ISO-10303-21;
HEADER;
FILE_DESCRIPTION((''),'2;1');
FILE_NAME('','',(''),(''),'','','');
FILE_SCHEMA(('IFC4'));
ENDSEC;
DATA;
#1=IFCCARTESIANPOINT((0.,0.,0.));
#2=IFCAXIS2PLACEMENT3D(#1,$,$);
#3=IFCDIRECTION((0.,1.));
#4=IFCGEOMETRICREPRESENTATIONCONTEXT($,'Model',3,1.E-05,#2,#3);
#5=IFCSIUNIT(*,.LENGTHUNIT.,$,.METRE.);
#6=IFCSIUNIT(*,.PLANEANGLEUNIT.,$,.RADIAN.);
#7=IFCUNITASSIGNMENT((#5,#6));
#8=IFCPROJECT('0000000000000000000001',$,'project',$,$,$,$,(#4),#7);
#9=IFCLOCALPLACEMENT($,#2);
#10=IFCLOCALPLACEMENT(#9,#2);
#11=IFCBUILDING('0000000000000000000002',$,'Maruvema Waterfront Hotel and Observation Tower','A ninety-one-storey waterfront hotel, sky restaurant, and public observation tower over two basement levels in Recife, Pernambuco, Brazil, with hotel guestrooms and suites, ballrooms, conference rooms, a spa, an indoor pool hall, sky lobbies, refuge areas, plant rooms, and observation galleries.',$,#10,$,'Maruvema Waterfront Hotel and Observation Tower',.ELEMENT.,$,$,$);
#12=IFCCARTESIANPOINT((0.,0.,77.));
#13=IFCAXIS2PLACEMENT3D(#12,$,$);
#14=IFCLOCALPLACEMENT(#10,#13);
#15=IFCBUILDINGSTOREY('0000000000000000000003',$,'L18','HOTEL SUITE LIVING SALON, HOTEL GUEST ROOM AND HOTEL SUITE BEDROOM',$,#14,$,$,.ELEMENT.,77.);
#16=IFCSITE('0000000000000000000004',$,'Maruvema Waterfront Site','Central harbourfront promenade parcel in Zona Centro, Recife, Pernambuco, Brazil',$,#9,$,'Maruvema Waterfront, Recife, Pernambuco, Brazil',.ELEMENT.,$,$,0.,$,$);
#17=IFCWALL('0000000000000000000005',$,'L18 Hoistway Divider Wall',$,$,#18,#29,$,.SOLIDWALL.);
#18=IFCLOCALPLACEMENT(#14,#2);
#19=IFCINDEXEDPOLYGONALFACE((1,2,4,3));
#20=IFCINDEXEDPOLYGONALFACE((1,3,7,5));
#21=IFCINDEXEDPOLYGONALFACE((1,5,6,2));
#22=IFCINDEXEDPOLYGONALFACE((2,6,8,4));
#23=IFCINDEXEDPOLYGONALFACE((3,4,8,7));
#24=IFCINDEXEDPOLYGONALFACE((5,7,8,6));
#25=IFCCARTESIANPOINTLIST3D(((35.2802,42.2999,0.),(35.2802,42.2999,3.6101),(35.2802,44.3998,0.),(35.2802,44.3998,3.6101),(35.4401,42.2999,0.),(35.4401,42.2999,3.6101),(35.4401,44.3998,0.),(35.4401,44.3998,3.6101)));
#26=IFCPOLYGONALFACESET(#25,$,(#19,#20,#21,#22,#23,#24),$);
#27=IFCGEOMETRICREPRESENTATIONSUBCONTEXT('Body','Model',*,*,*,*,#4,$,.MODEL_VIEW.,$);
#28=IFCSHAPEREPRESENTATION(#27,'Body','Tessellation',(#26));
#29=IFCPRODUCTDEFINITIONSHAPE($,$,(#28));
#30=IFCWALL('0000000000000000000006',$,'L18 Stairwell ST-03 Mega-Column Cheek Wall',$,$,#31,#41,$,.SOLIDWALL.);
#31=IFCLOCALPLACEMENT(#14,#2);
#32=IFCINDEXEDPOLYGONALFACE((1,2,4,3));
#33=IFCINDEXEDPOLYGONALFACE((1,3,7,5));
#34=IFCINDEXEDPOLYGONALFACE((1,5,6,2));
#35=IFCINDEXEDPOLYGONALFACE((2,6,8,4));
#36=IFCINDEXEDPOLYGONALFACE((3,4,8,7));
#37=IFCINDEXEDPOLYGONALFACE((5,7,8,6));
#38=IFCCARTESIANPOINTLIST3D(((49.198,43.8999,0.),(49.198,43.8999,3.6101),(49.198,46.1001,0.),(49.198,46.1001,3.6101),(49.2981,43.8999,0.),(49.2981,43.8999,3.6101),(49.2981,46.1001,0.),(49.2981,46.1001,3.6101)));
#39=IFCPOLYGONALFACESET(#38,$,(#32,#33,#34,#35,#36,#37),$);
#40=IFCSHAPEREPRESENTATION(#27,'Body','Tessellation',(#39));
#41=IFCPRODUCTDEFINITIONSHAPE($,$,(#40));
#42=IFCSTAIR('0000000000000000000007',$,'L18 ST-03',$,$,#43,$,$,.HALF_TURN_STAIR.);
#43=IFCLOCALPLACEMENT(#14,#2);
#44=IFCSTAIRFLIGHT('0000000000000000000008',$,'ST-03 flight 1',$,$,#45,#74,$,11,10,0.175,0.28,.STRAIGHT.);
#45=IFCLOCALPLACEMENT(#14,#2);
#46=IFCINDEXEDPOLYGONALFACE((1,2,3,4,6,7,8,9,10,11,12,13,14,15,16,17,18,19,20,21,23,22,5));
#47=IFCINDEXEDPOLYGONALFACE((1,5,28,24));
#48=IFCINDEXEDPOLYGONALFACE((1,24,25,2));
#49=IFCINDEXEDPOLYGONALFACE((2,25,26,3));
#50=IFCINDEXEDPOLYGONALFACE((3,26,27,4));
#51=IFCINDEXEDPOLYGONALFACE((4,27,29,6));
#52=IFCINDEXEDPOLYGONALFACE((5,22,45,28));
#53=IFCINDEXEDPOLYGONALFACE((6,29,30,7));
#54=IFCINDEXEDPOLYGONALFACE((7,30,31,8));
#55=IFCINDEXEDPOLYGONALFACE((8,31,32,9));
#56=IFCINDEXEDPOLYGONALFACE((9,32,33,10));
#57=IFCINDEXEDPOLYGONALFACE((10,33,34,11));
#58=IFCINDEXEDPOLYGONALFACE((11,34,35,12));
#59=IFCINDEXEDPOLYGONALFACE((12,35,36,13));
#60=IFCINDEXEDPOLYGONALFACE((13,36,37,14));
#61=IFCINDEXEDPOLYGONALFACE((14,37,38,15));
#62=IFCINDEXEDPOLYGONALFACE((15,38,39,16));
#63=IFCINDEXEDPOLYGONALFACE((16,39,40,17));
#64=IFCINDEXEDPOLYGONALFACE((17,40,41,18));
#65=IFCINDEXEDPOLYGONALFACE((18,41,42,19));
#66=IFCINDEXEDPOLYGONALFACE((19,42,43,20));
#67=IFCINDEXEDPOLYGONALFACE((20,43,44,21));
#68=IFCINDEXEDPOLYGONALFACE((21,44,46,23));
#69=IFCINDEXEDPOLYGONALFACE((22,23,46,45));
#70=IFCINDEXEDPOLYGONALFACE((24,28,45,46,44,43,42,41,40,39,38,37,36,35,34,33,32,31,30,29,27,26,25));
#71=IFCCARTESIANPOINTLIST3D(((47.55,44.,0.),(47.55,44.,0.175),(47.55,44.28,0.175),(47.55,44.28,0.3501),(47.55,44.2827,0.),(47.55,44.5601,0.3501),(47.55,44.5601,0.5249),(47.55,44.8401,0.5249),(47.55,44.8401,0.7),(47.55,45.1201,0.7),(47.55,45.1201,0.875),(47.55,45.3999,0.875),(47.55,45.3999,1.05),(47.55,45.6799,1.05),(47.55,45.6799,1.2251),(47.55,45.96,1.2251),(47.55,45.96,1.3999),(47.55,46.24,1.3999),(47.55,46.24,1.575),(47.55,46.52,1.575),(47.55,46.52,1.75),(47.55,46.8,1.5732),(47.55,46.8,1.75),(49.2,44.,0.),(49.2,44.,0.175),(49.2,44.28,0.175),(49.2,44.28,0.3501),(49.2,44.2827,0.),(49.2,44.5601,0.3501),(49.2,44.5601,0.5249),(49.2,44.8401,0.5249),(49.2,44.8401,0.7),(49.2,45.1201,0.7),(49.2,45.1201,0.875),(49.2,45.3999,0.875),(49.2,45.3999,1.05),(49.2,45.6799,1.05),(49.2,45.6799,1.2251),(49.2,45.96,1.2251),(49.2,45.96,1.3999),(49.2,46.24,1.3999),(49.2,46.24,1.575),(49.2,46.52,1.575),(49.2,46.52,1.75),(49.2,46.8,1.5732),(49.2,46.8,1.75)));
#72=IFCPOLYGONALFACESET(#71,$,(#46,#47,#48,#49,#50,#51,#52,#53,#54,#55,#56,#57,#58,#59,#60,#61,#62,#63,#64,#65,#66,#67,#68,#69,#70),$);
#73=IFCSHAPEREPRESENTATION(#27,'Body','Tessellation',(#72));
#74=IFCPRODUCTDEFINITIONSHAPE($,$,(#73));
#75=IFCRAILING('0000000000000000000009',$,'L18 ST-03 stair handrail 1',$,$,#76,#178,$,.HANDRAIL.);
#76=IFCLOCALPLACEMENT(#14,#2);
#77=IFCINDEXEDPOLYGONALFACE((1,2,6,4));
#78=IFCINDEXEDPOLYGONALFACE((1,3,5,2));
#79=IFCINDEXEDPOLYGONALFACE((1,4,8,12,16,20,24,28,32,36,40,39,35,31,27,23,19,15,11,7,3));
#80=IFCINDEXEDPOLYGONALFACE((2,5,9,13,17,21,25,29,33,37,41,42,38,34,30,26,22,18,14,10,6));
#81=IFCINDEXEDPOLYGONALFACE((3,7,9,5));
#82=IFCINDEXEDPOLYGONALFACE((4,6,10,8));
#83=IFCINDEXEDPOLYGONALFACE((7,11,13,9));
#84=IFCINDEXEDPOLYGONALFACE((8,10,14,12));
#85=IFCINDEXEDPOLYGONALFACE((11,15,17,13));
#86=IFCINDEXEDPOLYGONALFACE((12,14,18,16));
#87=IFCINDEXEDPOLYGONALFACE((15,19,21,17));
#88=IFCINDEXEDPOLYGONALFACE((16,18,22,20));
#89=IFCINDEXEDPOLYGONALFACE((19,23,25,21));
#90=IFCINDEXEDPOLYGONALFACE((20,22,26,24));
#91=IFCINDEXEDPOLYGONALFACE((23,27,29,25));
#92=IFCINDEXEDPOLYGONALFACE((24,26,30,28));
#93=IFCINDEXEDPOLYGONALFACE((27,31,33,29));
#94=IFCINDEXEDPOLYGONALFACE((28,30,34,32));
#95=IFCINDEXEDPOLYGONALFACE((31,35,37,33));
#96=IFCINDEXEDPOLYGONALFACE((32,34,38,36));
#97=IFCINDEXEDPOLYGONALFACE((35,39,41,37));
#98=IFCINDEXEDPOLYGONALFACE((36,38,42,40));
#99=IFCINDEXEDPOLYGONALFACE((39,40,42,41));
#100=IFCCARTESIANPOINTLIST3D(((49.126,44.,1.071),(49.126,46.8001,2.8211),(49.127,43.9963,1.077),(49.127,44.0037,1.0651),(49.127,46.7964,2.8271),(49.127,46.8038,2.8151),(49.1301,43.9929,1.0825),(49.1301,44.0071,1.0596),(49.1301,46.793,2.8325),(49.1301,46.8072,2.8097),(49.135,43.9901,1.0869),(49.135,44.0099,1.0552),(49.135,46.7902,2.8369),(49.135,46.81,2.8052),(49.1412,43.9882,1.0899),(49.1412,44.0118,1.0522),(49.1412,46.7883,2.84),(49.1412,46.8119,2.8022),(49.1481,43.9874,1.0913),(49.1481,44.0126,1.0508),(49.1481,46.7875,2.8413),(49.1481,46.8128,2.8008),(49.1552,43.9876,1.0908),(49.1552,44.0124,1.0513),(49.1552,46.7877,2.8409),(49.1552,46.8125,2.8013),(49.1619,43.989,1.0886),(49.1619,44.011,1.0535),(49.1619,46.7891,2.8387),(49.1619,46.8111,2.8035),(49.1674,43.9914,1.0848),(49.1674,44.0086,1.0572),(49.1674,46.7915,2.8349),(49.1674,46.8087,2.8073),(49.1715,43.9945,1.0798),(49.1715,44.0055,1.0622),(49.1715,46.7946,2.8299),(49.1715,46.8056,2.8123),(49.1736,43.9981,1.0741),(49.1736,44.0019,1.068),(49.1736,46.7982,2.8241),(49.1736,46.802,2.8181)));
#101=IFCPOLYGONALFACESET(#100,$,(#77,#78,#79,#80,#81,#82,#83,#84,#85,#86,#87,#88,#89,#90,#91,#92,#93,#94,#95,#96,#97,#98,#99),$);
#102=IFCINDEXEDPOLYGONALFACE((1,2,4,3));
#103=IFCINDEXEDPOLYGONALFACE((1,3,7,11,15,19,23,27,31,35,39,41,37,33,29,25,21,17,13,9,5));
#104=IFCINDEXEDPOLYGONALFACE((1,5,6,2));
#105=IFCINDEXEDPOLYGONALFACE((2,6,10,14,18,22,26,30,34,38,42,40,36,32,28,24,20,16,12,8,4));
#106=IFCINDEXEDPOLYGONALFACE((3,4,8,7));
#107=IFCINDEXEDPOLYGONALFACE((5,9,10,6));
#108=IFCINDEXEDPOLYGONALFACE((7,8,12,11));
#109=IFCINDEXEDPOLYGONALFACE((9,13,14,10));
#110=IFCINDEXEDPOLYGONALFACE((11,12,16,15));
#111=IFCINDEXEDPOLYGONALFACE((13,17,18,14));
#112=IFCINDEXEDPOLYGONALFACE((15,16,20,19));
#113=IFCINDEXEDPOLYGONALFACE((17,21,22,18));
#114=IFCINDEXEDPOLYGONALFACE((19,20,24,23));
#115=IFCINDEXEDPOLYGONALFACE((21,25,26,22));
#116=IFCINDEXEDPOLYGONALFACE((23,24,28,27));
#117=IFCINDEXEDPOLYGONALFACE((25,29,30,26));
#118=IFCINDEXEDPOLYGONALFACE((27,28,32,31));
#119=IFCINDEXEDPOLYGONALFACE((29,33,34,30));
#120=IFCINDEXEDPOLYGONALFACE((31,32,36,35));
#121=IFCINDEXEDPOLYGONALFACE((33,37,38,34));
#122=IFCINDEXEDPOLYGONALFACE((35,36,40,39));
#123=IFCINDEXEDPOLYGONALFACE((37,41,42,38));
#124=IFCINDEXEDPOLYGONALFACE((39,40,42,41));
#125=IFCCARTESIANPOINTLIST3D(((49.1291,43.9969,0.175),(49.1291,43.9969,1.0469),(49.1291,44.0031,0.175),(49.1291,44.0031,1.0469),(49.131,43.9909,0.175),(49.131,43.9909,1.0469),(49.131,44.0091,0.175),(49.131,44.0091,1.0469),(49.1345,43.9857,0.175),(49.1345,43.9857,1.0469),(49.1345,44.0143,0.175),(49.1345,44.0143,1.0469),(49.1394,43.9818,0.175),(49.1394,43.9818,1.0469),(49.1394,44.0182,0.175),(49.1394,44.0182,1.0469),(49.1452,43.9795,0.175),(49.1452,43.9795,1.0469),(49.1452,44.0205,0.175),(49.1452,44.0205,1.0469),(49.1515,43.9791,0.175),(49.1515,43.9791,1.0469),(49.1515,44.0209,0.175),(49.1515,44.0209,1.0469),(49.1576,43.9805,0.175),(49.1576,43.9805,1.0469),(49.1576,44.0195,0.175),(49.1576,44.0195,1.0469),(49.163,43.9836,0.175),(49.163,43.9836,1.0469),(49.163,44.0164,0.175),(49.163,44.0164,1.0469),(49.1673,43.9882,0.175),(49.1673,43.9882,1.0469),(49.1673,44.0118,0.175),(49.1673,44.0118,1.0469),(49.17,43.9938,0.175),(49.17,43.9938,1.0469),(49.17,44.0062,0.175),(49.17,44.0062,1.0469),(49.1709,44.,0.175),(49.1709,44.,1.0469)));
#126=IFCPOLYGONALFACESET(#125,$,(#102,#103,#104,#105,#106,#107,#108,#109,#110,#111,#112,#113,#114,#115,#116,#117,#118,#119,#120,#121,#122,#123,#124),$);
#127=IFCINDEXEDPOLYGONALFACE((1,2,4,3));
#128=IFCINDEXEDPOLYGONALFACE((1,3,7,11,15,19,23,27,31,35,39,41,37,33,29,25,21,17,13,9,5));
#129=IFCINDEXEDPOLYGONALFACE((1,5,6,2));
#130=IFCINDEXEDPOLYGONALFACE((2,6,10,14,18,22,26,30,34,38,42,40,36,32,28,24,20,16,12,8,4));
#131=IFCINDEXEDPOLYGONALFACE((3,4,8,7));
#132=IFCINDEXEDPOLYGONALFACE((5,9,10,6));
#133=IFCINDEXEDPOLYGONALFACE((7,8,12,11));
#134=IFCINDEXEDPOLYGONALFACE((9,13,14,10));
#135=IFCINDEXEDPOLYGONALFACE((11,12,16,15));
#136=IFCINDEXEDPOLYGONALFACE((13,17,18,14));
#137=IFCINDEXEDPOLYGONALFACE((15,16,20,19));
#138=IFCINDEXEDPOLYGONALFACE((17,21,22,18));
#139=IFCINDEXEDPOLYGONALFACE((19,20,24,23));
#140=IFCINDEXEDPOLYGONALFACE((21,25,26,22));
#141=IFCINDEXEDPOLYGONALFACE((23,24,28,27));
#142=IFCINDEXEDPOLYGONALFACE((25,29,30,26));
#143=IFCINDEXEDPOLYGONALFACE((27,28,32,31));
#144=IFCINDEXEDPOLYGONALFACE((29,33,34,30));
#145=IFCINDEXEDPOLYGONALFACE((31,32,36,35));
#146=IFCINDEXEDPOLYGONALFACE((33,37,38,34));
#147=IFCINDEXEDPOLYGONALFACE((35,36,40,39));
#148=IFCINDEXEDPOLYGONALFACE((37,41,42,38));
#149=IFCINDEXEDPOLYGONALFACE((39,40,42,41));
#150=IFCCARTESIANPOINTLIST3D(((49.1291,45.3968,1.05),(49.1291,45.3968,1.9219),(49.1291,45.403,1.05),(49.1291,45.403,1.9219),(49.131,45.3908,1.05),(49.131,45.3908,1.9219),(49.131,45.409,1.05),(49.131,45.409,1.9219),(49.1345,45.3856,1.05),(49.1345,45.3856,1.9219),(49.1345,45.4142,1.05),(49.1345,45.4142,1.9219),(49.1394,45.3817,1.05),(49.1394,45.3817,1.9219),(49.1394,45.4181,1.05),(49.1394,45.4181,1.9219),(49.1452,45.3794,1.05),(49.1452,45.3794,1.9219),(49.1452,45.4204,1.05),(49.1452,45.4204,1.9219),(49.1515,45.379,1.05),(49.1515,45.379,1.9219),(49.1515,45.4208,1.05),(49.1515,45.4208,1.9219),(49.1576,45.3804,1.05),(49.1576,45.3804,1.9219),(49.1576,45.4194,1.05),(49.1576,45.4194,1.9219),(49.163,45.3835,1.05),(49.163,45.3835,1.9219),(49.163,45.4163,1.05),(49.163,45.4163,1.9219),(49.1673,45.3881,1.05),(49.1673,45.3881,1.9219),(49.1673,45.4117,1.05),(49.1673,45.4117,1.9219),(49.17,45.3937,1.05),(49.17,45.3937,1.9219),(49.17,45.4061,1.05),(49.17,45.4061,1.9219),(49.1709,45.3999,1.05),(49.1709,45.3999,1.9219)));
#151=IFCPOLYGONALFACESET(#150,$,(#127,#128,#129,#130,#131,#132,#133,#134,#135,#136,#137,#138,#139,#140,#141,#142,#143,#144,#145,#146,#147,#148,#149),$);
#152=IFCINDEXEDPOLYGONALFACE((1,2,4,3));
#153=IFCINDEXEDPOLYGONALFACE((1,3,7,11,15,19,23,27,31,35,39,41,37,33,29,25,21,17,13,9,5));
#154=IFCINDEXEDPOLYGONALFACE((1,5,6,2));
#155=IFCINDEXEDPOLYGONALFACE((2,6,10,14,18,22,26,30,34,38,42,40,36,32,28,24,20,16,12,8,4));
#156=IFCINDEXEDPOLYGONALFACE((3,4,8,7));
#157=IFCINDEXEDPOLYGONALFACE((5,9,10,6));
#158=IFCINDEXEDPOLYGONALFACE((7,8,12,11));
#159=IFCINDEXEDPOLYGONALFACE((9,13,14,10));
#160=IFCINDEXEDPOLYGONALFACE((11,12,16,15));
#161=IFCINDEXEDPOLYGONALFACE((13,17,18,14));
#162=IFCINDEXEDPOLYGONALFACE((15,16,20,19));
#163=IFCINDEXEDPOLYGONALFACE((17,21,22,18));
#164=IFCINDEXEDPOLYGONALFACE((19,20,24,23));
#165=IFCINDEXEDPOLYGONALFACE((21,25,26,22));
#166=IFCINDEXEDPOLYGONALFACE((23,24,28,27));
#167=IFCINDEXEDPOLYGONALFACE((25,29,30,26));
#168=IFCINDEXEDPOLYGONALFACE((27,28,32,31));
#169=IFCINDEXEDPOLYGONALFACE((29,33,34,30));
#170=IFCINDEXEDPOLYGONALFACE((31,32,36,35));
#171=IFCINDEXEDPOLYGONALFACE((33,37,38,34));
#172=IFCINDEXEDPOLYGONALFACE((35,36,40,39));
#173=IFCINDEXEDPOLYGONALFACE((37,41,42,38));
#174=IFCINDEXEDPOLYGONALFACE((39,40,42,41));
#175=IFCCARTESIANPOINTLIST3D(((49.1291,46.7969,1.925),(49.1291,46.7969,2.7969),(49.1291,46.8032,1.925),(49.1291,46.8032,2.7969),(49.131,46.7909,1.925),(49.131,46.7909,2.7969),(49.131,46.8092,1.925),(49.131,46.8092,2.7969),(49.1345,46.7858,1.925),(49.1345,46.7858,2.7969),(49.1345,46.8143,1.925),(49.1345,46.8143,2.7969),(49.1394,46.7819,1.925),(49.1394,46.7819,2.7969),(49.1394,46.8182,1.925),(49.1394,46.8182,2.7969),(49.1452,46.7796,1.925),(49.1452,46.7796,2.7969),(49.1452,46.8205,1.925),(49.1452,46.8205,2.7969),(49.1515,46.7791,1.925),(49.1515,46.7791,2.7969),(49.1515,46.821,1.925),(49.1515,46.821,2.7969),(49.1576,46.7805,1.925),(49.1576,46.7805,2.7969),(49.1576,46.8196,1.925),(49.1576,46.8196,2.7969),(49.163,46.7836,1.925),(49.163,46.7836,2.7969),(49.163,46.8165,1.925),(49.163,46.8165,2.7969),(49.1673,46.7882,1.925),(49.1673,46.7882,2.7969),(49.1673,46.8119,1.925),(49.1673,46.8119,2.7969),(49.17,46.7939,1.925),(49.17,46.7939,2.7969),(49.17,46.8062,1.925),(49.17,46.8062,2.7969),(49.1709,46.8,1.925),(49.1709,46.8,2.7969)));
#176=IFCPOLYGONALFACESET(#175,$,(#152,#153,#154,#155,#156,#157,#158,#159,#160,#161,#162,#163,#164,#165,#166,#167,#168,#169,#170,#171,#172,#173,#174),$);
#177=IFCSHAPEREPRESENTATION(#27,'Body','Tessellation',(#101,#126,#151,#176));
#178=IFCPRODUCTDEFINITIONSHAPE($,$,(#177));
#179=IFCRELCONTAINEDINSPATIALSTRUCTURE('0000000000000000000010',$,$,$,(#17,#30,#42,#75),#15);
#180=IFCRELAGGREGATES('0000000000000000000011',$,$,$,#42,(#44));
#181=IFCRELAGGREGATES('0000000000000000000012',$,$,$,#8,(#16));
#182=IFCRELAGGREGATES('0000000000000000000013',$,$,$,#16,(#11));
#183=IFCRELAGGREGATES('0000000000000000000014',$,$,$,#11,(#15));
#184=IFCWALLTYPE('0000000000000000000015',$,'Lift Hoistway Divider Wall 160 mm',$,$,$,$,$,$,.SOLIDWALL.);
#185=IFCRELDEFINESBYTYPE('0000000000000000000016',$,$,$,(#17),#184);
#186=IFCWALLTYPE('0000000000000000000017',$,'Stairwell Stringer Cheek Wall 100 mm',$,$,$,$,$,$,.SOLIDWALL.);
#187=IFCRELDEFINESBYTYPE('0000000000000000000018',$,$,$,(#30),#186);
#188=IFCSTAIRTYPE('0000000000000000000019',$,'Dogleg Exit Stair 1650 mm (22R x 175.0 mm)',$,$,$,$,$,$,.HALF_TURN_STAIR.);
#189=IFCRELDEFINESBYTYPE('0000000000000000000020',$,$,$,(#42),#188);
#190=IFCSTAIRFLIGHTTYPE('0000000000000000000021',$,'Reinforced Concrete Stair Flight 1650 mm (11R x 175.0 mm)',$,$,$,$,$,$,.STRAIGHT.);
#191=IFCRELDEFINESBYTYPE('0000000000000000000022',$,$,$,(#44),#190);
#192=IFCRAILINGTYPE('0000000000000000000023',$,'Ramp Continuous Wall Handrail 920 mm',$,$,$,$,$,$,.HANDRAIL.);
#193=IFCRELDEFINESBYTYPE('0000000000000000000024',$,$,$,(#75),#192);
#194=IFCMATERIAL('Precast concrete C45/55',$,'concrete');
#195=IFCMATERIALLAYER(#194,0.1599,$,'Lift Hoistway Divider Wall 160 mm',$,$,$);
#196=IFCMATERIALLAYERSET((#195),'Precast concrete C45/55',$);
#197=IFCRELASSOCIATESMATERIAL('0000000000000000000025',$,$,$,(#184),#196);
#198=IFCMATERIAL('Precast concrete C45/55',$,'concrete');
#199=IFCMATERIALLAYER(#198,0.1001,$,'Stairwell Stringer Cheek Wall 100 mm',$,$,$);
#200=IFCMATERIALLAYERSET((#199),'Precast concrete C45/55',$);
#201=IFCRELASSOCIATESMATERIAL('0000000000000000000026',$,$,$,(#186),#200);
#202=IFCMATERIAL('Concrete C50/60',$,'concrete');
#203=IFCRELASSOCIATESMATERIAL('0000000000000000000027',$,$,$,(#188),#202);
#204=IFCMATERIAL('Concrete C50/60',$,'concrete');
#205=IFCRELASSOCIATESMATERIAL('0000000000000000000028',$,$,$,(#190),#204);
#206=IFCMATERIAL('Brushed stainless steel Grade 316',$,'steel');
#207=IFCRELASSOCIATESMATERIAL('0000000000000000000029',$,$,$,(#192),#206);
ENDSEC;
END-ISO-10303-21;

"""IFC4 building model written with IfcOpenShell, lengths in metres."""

from ifc_helpers import new_model, si_unit, direction, frame, frame_2d, origin, origin_2d, place, context, subcontext, project, spatial, polyline, rectangle, circle, outline, extrude, material, layer, layer_set, type_object, element, aggregate, save


model = new_model("IFC4")

# Units and contexts
model_context = context("Model", 3, precision=1e-05, world=origin(), true_north=direction((0.0, 1.0)))
body_context = subcontext(model_context, "Body", "Model", "MODEL_VIEW")
ifc_project = project(units=[si_unit("LENGTHUNIT", "METRE"), si_unit("PLANEANGLEUNIT", "RADIAN")], contexts=[model_context])

# Site, building, storey
site_placement = place(None, origin())
site = spatial("IfcSite", under=ifc_project, at=site_placement, Name="Maruvema Waterfront Site", Description="Central harbourfront promenade parcel in Zona Centro, Recife, Pernambuco, Brazil", LongName="Maruvema Waterfront, Recife, Pernambuco, Brazil", CompositionType="ELEMENT", RefElevation=0.0)
building_placement = place(site_placement, origin())
building = spatial("IfcBuilding", under=site, at=building_placement, Name="Maruvema Waterfront Hotel and Observation Tower", Description="A ninety-one-storey waterfront hotel, sky restaurant, and public observation tower over two basement levels in Recife, Pernambuco, Brazil, with hotel guestrooms and suites, ballrooms, conference rooms, a spa, an indoor pool hall, sky lobbies, refuge areas, plant rooms, and observation galleries.", LongName="Maruvema Waterfront Hotel and Observation Tower", CompositionType="ELEMENT")
storey_placement = place(building_placement, frame((0.0, 0.0, 77.0)))
storey = spatial("IfcBuildingStorey", under=building, at=storey_placement, Name="L18", Description="HOTEL SUITE LIVING SALON, HOTEL GUEST ROOM AND HOTEL SUITE BEDROOM", CompositionType="ELEMENT", Elevation=77.0)

# Walls
ifc_material_1 = material(Name="Precast concrete C45/55", Category="concrete")
ifc_layer_1 = layer(ifc_material_1, 0.1599, Name="Lift Hoistway Divider Wall 160 mm")
ifc_layer_set_1 = layer_set([ifc_layer_1], Name="Precast concrete C45/55")
wall_type_1 = type_object("IfcWallType", Name="Lift Hoistway Divider Wall 160 mm", PredefinedType="SOLIDWALL", material=ifc_layer_set_1)
wall_1_placement = place(storey_placement, frame((35.3601, 42.3, 0.0), z_axis=(0.0, 0.0, 1.0), x_axis=(0.0, 1.0, 0.0)))
element("IfcWall", 1, at=wall_1_placement, inside=storey, type_object=wall_type_1, Name="L18 Hoistway Divider Wall", PredefinedType="SOLIDWALL", context=body_context, shape_type="SweptSolid", body=[
    extrude(rectangle(XDim=2.0999, YDim=0.1599, at=frame_2d((1.0498, 0.0))), origin(), (0.0, 0.0, 1.0), 3.6101),
])
ifc_material_2 = material(Name="Precast concrete C45/55", Category="concrete")
ifc_layer_2 = layer(ifc_material_2, 0.1001, Name="Stairwell Stringer Cheek Wall 100 mm")
ifc_layer_set_2 = layer_set([ifc_layer_2], Name="Precast concrete C45/55")
wall_type_2 = type_object("IfcWallType", Name="Stairwell Stringer Cheek Wall 100 mm", PredefinedType="SOLIDWALL", material=ifc_layer_set_2)
wall_2_placement = place(storey_placement, frame((49.248, 43.8999, 0.0), z_axis=(0.0, 0.0, 1.0), x_axis=(0.0, 1.0, 0.0)))
element("IfcWall", 2, at=wall_2_placement, inside=storey, type_object=wall_type_2, Name="L18 Stairwell ST-03 Mega-Column Cheek Wall", PredefinedType="SOLIDWALL", context=body_context, shape_type="SweptSolid", body=[
    extrude(rectangle(XDim=2.2002, YDim=0.1001, at=frame_2d((1.1001, 0.0))), origin(), (0.0, 0.0, 1.0), 3.6101),
])

# Stair, stair flight
ifc_material_3 = material(Name="Concrete C50/60", Category="concrete")
stair_type = type_object("IfcStairType", Name="Dogleg Exit Stair 1650 mm (22R x 175.0 mm)", PredefinedType="HALF_TURN_STAIR", material=ifc_material_3)
stair_placement = place(storey_placement, origin())
stair = element("IfcStair", 3, at=stair_placement, inside=storey, type_object=stair_type, Name="L18 ST-03", PredefinedType="HALF_TURN_STAIR")
ifc_material_4 = material(Name="Concrete C50/60", Category="concrete")
stair_flight_type = type_object("IfcStairFlightType", Name="Reinforced Concrete Stair Flight 1650 mm (11R x 175.0 mm)", PredefinedType="STRAIGHT", material=ifc_material_4)
stair_flight_placement = place(storey_placement, frame((48.375, 44.0, 0.0), z_axis=(0.0, 0.0, 1.0), x_axis=(0.0, 1.0, 0.0)))
stair_flight = element("IfcStairFlight", 4, at=stair_flight_placement, type_object=stair_flight_type, Name="ST-03 flight 1", NumberOfRisers=11, NumberOfTreads=10, PredefinedType="STRAIGHT", RiserHeight=0.175, TreadLength=0.28, context=body_context, shape_type="SweptSolid", body=[
    extrude(outline(polyline([(0.0, 0.0), (0.0, 0.175), (0.28, 0.175), (0.28, 0.3501), (0.5601, 0.3501), (0.5601, 0.5249), (0.8401, 0.5249), (0.8401, 0.7), (1.1201, 0.7), (1.1201, 0.875), (1.3999, 0.875), (1.3999, 1.05), (1.6799, 1.05), (1.6799, 1.2251), (1.96, 1.2251), (1.96, 1.3999), (2.24, 1.3999), (2.24, 1.575), (2.52, 1.575), (2.52, 1.75), (2.8, 1.75), (2.8, 1.925), (2.8, 1.5732), (0.2827, 0.0), (0.0, 0.0)])), frame((0.0, 0.825, 0.0), z_axis=(0.0, -1.0, 0.0), x_axis=(1.0, 0.0, 0.0)), (0.0, 0.0, 1.0), 1.6499),
])
aggregate(stair, [stair_flight])

# Railing
ifc_material_5 = material(Name="Brushed stainless steel Grade 316", Category="steel")
railing_type_1 = type_object("IfcRailingType", Name="Ramp Continuous Wall Handrail 920 mm", PredefinedType="HANDRAIL", material=ifc_material_5)
railing_1_placement = place(storey_placement, frame((49.1499, 44.0, 0.175)))
element("IfcRailing", 5, at=railing_1_placement, inside=storey, type_object=railing_type_1, Name="L18 ST-03 stair handrail 1", PredefinedType="HANDRAIL", context=body_context, shape_type="SweptSolid", body=[
    extrude(circle(Radius=0.0239, at=origin_2d()), frame((0.0, 0.0, 0.896), z_axis=(0.0, 0.848002, 0.529992), x_axis=(-1.0, 0.0, 0.0)), (0.0, 0.0, 1.0), 3.302),
    extrude(circle(Radius=0.021, at=origin_2d()), origin(), (0.0, 0.0, 1.0), 0.8718),
    extrude(circle(Radius=0.021, at=origin_2d()), frame((0.0, 1.3999, 0.875)), (0.0, 0.0, 1.0), 0.8718),
    extrude(circle(Radius=0.021, at=origin_2d()), frame((0.0, 2.8, 1.75)), (0.0, 0.0, 1.0), 0.8718),
])

save(model, "model.ifc")
